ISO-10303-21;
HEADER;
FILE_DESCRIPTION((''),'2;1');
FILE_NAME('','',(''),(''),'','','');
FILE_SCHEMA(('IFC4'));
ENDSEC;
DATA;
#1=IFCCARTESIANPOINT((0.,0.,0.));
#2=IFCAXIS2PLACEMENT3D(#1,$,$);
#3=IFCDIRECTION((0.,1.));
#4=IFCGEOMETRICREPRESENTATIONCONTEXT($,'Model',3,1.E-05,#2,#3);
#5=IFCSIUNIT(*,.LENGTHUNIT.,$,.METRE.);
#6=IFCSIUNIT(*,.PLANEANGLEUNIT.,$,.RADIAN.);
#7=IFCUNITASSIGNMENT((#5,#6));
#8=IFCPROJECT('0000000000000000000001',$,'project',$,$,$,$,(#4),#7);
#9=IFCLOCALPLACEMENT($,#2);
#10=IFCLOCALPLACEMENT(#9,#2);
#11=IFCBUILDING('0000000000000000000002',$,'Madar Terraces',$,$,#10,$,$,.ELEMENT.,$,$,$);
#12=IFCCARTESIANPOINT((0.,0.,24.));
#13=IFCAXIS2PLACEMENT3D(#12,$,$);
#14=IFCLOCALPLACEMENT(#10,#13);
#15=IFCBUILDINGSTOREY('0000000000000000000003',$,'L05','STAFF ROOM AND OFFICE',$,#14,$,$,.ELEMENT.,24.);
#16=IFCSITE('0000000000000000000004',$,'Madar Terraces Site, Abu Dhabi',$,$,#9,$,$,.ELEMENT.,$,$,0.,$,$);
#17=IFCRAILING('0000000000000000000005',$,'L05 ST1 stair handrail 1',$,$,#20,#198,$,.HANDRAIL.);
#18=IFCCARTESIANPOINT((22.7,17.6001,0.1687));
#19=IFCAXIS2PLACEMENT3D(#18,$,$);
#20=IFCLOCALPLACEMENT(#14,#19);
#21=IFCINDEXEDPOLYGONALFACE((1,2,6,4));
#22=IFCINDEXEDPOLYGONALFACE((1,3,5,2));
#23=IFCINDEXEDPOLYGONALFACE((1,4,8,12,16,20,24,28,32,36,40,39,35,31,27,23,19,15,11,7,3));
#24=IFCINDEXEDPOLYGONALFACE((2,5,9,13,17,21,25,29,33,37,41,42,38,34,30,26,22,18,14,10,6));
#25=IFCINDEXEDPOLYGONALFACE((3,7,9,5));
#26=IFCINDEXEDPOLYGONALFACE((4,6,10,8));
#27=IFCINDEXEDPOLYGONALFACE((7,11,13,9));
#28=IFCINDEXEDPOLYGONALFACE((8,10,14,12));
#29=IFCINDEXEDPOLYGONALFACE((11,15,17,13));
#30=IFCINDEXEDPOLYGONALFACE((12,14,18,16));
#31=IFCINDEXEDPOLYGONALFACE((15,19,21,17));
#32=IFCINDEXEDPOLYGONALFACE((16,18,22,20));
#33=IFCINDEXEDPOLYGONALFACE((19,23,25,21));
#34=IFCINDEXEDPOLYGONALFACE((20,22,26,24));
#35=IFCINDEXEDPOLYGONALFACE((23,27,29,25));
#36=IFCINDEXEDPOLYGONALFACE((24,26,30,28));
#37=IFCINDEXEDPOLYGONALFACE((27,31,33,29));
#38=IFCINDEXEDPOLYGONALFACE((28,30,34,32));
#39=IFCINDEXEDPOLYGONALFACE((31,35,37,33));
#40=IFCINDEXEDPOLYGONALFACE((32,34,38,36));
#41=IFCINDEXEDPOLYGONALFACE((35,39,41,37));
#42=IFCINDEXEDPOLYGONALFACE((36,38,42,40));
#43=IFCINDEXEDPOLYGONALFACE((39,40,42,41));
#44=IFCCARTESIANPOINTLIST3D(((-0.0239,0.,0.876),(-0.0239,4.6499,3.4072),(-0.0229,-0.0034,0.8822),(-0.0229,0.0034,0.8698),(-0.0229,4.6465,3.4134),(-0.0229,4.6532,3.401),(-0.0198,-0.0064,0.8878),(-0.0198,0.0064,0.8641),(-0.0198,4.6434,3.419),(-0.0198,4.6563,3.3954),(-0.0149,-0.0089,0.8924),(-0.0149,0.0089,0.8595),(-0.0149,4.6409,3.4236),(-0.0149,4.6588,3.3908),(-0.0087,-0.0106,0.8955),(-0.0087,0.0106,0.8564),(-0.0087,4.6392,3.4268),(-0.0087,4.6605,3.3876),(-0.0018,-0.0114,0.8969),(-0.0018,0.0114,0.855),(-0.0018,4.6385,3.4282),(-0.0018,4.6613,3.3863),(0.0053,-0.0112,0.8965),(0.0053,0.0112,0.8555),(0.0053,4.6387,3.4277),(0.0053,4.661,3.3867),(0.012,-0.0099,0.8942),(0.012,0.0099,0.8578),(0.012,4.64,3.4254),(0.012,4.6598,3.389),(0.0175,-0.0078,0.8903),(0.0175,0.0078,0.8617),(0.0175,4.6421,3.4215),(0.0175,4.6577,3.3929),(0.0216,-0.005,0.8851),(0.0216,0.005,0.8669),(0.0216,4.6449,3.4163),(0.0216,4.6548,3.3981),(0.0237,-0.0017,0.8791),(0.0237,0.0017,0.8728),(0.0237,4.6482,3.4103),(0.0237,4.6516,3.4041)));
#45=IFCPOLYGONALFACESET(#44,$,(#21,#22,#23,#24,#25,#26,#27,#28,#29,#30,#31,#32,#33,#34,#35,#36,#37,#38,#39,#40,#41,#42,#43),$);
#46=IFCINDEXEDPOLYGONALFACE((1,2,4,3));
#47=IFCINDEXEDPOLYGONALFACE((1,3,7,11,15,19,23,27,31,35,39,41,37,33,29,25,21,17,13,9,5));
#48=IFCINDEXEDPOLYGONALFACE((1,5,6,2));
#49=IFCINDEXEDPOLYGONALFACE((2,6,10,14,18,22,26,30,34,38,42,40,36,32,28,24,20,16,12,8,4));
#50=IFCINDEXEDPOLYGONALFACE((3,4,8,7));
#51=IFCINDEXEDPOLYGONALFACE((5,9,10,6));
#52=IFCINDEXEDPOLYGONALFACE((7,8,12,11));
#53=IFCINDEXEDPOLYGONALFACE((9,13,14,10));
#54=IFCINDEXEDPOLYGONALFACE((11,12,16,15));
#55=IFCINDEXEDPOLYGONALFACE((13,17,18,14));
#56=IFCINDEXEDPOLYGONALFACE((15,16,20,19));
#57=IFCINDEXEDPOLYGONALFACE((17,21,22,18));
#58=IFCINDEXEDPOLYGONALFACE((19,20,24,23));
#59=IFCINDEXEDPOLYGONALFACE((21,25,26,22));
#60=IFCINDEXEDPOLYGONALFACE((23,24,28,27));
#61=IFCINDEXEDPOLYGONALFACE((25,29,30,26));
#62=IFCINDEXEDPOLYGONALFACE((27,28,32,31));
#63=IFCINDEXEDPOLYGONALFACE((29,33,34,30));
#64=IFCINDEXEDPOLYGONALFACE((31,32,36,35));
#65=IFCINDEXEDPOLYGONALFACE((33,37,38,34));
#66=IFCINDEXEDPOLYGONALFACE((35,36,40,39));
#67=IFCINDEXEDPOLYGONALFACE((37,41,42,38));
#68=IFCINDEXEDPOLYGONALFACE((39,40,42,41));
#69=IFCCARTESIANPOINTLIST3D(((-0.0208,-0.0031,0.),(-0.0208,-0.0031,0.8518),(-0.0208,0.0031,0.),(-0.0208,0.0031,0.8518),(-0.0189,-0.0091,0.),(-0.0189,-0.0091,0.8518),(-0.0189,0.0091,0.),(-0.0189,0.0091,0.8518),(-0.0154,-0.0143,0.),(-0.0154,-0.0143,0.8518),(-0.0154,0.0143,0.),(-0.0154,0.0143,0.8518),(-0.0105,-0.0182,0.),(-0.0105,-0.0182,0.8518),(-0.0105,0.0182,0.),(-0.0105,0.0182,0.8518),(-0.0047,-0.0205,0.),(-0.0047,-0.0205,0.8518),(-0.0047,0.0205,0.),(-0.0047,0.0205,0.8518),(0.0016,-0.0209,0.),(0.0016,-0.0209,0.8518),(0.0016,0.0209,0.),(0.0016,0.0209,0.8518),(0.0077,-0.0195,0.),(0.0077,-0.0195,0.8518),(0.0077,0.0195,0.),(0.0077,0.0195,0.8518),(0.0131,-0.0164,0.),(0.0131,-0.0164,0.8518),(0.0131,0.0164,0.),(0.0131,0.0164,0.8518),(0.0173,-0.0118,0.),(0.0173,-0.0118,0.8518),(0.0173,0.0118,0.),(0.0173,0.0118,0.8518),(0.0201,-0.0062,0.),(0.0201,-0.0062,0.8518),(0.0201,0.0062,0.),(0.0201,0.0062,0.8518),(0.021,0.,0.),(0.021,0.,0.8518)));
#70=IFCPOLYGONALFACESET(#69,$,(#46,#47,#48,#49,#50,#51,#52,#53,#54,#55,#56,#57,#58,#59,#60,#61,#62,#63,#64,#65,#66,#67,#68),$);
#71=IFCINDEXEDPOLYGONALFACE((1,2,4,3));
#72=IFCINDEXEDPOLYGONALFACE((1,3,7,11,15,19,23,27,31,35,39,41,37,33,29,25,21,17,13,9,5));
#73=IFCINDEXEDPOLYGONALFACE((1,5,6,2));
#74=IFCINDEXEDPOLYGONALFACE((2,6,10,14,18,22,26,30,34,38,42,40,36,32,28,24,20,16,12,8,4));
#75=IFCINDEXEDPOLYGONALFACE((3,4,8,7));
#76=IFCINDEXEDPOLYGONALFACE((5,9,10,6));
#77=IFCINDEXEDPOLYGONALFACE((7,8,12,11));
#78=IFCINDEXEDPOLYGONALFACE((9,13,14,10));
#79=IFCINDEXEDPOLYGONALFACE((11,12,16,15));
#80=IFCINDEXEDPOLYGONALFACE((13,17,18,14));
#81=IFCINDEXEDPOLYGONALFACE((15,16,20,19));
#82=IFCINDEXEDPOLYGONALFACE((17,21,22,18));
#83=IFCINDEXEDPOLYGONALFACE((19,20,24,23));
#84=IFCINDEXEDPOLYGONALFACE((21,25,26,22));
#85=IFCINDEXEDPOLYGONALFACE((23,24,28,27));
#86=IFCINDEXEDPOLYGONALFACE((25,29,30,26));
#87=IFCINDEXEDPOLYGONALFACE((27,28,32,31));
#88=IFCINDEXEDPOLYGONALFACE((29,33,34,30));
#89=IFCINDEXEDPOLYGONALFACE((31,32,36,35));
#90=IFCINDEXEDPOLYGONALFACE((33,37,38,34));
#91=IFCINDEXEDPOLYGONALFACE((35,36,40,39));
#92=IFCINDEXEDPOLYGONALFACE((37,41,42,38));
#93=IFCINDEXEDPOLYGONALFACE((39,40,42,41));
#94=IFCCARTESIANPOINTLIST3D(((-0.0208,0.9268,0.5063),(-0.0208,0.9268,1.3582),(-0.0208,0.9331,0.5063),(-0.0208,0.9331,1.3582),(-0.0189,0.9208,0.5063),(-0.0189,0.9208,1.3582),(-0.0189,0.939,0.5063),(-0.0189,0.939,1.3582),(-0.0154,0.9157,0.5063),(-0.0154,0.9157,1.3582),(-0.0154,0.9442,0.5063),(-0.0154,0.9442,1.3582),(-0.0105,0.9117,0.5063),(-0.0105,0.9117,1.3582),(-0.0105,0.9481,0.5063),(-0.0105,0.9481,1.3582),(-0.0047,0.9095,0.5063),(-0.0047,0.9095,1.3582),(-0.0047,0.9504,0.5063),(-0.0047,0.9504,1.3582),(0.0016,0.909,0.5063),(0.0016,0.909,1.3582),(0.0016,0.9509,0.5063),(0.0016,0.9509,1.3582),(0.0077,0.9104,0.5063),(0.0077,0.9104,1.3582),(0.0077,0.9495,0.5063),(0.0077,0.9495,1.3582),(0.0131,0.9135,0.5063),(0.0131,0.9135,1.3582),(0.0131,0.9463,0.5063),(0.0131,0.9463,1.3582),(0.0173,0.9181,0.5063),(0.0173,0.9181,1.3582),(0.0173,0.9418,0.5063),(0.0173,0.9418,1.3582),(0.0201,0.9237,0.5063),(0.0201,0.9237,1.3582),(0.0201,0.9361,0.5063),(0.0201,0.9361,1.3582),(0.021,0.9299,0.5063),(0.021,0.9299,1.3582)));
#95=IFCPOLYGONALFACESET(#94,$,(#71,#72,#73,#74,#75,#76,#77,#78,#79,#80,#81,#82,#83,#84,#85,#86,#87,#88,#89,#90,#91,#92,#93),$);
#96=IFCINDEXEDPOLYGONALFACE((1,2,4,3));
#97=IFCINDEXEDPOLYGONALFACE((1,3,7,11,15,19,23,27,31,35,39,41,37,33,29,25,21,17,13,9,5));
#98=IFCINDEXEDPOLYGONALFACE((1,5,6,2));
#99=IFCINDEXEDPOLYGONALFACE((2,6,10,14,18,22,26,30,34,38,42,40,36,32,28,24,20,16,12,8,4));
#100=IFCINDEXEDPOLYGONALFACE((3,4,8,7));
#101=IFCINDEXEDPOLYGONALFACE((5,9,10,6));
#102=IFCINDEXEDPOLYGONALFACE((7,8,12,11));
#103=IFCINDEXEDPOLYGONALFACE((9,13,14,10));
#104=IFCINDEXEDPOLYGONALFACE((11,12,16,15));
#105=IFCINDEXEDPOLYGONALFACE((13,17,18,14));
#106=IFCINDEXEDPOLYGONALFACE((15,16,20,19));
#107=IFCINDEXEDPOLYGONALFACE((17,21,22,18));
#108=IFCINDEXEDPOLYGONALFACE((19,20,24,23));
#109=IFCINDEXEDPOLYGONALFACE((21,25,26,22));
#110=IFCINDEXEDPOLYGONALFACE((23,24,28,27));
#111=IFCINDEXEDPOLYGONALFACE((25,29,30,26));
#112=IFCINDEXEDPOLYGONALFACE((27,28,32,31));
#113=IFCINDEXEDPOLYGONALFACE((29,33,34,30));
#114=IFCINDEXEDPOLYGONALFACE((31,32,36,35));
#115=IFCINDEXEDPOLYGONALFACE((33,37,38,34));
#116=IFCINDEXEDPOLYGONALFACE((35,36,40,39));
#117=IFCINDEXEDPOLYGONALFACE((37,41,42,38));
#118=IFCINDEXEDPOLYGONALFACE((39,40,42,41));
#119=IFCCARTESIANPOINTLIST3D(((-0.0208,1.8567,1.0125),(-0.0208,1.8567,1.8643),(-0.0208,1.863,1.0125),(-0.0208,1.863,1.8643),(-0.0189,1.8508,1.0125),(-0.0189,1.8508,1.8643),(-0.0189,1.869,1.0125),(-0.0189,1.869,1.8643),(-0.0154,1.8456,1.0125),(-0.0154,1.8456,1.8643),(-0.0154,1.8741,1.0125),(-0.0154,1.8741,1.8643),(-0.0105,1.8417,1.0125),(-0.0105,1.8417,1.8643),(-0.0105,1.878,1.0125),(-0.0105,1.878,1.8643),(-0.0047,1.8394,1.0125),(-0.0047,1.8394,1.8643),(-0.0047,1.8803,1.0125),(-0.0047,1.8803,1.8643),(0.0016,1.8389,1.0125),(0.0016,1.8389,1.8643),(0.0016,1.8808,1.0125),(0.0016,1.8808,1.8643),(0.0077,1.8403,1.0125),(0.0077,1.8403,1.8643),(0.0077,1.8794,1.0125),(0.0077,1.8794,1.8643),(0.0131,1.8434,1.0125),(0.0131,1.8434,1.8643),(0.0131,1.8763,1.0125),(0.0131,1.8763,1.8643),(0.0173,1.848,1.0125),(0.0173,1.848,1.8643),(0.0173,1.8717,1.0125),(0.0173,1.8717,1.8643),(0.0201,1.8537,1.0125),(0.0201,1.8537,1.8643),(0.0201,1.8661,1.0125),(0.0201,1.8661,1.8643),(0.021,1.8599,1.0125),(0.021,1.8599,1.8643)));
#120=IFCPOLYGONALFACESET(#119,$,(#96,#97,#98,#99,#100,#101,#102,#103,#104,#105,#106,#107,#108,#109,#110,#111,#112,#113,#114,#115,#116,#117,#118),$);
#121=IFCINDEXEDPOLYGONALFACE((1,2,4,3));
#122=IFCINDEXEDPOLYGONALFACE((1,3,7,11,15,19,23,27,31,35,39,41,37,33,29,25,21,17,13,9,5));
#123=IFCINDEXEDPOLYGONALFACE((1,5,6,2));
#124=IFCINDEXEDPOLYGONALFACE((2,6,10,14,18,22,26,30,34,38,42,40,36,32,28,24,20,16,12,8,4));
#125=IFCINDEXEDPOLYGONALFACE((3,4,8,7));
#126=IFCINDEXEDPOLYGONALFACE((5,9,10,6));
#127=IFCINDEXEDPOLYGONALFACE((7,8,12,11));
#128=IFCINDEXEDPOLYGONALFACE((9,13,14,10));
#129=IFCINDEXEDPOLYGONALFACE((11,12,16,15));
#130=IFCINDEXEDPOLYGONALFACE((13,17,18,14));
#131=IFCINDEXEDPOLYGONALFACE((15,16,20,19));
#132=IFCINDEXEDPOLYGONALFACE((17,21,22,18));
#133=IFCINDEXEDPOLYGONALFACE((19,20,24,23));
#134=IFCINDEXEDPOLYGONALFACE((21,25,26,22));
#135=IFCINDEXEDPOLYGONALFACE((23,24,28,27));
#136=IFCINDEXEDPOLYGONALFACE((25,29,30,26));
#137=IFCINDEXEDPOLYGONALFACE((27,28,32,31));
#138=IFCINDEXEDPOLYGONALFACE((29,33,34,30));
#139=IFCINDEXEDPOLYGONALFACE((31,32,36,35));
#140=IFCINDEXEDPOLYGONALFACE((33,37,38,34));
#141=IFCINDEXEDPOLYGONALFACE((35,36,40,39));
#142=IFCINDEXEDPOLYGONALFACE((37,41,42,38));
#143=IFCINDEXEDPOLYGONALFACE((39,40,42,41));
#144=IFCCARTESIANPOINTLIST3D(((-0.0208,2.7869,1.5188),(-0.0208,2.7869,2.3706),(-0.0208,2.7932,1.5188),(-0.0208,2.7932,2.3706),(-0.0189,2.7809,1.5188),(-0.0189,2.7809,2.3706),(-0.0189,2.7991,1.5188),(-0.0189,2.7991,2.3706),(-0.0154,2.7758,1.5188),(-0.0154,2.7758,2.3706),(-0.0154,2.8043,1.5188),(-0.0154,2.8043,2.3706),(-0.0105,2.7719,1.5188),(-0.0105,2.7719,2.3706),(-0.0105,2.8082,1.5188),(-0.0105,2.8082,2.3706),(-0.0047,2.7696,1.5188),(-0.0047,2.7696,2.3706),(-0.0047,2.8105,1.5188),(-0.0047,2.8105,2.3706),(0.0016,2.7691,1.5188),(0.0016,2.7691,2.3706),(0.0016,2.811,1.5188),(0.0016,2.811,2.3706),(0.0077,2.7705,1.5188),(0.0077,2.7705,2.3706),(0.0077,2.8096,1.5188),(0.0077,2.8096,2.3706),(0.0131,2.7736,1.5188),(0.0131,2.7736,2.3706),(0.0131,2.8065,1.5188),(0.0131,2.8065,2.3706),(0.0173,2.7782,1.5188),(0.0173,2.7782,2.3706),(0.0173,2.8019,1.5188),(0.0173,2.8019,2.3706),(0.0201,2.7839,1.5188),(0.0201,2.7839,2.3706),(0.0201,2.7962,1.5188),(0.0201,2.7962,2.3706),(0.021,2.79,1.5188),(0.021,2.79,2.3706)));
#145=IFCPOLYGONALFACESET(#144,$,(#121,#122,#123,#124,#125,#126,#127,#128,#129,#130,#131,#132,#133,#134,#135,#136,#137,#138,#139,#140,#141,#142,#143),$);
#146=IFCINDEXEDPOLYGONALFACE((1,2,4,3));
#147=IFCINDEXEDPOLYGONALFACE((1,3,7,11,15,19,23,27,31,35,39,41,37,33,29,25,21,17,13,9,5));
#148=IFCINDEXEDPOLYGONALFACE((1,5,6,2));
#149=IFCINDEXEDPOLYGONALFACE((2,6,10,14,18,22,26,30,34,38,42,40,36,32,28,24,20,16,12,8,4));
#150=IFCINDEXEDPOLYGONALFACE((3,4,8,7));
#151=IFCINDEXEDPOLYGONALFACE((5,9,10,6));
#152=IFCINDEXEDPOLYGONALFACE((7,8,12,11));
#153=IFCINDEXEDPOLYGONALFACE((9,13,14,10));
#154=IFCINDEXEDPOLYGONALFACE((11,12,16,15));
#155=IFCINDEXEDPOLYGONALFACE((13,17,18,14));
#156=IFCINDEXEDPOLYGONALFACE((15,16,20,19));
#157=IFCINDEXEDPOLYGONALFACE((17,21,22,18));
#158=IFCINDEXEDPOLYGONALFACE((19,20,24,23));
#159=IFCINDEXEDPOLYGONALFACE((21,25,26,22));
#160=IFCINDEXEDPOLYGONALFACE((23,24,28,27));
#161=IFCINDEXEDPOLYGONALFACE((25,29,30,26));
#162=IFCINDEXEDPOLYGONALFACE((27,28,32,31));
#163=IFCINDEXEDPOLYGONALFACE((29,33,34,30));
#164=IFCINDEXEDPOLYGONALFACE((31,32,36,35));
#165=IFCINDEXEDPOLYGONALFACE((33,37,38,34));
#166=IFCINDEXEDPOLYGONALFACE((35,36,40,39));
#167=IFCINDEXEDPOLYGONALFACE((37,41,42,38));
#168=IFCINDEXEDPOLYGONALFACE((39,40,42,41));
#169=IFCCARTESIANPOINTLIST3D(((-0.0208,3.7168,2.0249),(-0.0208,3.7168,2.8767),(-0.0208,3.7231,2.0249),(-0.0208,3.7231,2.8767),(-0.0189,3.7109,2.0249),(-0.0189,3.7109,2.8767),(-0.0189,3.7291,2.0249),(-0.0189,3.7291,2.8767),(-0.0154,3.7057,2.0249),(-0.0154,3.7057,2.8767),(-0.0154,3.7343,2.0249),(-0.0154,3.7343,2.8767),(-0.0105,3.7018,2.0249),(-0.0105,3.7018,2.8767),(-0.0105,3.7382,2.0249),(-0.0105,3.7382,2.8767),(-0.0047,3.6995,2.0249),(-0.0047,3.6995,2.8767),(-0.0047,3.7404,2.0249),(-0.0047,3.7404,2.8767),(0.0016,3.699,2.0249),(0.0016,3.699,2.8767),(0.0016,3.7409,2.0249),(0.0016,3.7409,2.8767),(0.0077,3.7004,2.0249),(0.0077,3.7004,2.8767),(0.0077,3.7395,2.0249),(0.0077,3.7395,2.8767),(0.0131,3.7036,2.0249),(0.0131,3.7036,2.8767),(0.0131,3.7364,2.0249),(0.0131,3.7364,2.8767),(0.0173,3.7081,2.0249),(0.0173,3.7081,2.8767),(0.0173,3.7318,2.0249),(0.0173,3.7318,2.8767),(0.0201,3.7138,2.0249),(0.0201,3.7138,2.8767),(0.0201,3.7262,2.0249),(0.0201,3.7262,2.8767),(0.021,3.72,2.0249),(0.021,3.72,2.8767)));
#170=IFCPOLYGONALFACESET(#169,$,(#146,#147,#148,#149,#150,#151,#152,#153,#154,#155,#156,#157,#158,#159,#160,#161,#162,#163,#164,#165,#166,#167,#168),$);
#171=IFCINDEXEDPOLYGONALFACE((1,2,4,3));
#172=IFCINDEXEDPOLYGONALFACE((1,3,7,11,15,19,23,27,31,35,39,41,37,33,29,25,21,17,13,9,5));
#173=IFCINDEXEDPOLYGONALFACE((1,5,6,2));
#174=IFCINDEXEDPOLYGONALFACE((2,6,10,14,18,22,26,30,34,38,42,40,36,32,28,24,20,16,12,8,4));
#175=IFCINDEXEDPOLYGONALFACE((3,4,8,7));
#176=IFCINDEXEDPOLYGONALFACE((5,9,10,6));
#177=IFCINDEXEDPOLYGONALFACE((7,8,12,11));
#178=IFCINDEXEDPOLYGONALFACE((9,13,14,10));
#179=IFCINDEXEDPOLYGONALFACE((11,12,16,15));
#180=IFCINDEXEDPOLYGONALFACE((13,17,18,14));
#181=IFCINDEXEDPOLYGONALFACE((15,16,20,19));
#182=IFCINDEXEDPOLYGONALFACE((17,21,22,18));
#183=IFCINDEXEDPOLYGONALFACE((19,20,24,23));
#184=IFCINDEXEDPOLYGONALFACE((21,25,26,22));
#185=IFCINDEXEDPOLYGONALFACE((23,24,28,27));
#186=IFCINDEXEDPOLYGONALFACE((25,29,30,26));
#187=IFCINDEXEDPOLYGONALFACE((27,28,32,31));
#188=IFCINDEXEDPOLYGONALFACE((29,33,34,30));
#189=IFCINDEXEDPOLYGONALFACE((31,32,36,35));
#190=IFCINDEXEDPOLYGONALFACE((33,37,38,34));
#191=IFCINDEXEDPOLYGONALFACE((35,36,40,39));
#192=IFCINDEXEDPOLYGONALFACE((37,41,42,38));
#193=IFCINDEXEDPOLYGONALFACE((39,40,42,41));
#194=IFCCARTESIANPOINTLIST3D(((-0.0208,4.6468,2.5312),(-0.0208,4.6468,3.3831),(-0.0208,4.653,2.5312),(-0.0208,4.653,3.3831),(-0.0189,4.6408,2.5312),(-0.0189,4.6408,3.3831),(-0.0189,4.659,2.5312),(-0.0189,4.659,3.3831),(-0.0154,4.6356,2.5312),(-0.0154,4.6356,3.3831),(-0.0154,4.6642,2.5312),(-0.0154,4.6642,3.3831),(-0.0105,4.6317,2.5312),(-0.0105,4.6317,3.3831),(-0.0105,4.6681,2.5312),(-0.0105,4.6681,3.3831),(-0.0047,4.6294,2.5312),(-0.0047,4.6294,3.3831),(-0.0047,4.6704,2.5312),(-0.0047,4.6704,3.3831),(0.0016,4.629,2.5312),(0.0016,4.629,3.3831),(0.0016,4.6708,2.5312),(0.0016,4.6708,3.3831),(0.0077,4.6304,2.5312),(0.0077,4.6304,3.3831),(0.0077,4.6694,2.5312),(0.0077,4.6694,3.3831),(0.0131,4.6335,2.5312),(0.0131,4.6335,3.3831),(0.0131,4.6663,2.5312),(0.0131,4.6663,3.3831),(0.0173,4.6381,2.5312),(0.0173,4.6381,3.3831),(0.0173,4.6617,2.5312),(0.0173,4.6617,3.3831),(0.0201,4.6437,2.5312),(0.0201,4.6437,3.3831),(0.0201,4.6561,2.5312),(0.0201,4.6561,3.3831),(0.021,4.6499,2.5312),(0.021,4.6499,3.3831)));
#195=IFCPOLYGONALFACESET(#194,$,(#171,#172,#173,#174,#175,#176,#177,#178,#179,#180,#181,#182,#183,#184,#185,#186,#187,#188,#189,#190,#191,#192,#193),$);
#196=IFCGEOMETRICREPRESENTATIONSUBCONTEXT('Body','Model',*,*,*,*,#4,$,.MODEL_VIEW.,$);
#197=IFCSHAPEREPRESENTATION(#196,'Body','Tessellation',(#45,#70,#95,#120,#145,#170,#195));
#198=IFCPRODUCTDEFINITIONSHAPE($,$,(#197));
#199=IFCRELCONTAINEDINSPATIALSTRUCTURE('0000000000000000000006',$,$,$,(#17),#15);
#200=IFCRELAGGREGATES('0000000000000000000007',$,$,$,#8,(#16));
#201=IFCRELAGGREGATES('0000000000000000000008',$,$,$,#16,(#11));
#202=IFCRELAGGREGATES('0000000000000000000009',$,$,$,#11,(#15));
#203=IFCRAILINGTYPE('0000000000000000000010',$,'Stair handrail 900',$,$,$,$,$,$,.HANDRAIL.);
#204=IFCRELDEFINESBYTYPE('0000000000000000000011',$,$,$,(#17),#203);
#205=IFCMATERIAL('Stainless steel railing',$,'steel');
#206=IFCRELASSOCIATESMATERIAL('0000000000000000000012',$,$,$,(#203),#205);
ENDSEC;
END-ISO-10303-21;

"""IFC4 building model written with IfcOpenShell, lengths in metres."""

from ifc_helpers import new_model, si_unit, direction, frame, origin, origin_2d, place, context, subcontext, project, spatial, circle, extrude, material, type_object, element, save


model = new_model("IFC4")

# Units and contexts
model_context = context("Model", 3, precision=1e-05, world=origin(), true_north=direction((0.0, 1.0)))
body_context = subcontext(model_context, "Body", "Model", "MODEL_VIEW")
ifc_project = project(units=[si_unit("LENGTHUNIT", "METRE"), si_unit("PLANEANGLEUNIT", "RADIAN")], contexts=[model_context])

# Site, building, storey
site_placement = place(None, origin())
site = spatial("IfcSite", under=ifc_project, at=site_placement, Name="Madar Terraces Site, Abu Dhabi", CompositionType="ELEMENT", RefElevation=0.0)
building_placement = place(site_placement, origin())
building = spatial("IfcBuilding", under=site, at=building_placement, Name="Madar Terraces", CompositionType="ELEMENT")
storey_placement = place(building_placement, frame((0.0, 0.0, 24.0)))
storey = spatial("IfcBuildingStorey", under=building, at=storey_placement, Name="L05", Description="STAFF ROOM AND OFFICE", CompositionType="ELEMENT", Elevation=24.0)

# Railing
ifc_material_1 = material(Name="Stainless steel railing", Category="steel")
railing_type_1 = type_object("IfcRailingType", Name="Stair handrail 900", PredefinedType="HANDRAIL", material=ifc_material_1)
railing_1_placement = place(storey_placement, frame((22.7, 17.6001, 0.1687)))
element("IfcRailing", 1, at=railing_1_placement, inside=storey, type_object=railing_type_1, Name="L05 ST1 stair handrail 1", PredefinedType="HANDRAIL", context=body_context, shape_type="SweptSolid", body=[
    extrude(circle(Radius=0.0239, at=origin_2d()), frame((0.0, 0.0, 0.876), z_axis=(0.0, 0.878297, 0.478115), x_axis=(-1.0, 0.0, 0.0)), (0.0, 0.0, 1.0), 5.2942),
    extrude(circle(Radius=0.021, at=origin_2d()), origin(), (0.0, 0.0, 1.0), 0.8518),
    extrude(circle(Radius=0.021, at=origin_2d()), frame((0.0, 0.9299, 0.5063)), (0.0, 0.0, 1.0), 0.8518),
    extrude(circle(Radius=0.021, at=origin_2d()), frame((0.0, 1.8599, 1.0125)), (0.0, 0.0, 1.0), 0.8518),
    extrude(circle(Radius=0.021, at=origin_2d()), frame((0.0, 2.79, 1.5188)), (0.0, 0.0, 1.0), 0.8518),
    extrude(circle(Radius=0.021, at=origin_2d()), frame((0.0, 3.72, 2.0249)), (0.0, 0.0, 1.0), 0.8518),
    extrude(circle(Radius=0.021, at=origin_2d()), frame((0.0, 4.6499, 2.5312)), (0.0, 0.0, 1.0), 0.8518),
])

save(model, "model.ifc")
